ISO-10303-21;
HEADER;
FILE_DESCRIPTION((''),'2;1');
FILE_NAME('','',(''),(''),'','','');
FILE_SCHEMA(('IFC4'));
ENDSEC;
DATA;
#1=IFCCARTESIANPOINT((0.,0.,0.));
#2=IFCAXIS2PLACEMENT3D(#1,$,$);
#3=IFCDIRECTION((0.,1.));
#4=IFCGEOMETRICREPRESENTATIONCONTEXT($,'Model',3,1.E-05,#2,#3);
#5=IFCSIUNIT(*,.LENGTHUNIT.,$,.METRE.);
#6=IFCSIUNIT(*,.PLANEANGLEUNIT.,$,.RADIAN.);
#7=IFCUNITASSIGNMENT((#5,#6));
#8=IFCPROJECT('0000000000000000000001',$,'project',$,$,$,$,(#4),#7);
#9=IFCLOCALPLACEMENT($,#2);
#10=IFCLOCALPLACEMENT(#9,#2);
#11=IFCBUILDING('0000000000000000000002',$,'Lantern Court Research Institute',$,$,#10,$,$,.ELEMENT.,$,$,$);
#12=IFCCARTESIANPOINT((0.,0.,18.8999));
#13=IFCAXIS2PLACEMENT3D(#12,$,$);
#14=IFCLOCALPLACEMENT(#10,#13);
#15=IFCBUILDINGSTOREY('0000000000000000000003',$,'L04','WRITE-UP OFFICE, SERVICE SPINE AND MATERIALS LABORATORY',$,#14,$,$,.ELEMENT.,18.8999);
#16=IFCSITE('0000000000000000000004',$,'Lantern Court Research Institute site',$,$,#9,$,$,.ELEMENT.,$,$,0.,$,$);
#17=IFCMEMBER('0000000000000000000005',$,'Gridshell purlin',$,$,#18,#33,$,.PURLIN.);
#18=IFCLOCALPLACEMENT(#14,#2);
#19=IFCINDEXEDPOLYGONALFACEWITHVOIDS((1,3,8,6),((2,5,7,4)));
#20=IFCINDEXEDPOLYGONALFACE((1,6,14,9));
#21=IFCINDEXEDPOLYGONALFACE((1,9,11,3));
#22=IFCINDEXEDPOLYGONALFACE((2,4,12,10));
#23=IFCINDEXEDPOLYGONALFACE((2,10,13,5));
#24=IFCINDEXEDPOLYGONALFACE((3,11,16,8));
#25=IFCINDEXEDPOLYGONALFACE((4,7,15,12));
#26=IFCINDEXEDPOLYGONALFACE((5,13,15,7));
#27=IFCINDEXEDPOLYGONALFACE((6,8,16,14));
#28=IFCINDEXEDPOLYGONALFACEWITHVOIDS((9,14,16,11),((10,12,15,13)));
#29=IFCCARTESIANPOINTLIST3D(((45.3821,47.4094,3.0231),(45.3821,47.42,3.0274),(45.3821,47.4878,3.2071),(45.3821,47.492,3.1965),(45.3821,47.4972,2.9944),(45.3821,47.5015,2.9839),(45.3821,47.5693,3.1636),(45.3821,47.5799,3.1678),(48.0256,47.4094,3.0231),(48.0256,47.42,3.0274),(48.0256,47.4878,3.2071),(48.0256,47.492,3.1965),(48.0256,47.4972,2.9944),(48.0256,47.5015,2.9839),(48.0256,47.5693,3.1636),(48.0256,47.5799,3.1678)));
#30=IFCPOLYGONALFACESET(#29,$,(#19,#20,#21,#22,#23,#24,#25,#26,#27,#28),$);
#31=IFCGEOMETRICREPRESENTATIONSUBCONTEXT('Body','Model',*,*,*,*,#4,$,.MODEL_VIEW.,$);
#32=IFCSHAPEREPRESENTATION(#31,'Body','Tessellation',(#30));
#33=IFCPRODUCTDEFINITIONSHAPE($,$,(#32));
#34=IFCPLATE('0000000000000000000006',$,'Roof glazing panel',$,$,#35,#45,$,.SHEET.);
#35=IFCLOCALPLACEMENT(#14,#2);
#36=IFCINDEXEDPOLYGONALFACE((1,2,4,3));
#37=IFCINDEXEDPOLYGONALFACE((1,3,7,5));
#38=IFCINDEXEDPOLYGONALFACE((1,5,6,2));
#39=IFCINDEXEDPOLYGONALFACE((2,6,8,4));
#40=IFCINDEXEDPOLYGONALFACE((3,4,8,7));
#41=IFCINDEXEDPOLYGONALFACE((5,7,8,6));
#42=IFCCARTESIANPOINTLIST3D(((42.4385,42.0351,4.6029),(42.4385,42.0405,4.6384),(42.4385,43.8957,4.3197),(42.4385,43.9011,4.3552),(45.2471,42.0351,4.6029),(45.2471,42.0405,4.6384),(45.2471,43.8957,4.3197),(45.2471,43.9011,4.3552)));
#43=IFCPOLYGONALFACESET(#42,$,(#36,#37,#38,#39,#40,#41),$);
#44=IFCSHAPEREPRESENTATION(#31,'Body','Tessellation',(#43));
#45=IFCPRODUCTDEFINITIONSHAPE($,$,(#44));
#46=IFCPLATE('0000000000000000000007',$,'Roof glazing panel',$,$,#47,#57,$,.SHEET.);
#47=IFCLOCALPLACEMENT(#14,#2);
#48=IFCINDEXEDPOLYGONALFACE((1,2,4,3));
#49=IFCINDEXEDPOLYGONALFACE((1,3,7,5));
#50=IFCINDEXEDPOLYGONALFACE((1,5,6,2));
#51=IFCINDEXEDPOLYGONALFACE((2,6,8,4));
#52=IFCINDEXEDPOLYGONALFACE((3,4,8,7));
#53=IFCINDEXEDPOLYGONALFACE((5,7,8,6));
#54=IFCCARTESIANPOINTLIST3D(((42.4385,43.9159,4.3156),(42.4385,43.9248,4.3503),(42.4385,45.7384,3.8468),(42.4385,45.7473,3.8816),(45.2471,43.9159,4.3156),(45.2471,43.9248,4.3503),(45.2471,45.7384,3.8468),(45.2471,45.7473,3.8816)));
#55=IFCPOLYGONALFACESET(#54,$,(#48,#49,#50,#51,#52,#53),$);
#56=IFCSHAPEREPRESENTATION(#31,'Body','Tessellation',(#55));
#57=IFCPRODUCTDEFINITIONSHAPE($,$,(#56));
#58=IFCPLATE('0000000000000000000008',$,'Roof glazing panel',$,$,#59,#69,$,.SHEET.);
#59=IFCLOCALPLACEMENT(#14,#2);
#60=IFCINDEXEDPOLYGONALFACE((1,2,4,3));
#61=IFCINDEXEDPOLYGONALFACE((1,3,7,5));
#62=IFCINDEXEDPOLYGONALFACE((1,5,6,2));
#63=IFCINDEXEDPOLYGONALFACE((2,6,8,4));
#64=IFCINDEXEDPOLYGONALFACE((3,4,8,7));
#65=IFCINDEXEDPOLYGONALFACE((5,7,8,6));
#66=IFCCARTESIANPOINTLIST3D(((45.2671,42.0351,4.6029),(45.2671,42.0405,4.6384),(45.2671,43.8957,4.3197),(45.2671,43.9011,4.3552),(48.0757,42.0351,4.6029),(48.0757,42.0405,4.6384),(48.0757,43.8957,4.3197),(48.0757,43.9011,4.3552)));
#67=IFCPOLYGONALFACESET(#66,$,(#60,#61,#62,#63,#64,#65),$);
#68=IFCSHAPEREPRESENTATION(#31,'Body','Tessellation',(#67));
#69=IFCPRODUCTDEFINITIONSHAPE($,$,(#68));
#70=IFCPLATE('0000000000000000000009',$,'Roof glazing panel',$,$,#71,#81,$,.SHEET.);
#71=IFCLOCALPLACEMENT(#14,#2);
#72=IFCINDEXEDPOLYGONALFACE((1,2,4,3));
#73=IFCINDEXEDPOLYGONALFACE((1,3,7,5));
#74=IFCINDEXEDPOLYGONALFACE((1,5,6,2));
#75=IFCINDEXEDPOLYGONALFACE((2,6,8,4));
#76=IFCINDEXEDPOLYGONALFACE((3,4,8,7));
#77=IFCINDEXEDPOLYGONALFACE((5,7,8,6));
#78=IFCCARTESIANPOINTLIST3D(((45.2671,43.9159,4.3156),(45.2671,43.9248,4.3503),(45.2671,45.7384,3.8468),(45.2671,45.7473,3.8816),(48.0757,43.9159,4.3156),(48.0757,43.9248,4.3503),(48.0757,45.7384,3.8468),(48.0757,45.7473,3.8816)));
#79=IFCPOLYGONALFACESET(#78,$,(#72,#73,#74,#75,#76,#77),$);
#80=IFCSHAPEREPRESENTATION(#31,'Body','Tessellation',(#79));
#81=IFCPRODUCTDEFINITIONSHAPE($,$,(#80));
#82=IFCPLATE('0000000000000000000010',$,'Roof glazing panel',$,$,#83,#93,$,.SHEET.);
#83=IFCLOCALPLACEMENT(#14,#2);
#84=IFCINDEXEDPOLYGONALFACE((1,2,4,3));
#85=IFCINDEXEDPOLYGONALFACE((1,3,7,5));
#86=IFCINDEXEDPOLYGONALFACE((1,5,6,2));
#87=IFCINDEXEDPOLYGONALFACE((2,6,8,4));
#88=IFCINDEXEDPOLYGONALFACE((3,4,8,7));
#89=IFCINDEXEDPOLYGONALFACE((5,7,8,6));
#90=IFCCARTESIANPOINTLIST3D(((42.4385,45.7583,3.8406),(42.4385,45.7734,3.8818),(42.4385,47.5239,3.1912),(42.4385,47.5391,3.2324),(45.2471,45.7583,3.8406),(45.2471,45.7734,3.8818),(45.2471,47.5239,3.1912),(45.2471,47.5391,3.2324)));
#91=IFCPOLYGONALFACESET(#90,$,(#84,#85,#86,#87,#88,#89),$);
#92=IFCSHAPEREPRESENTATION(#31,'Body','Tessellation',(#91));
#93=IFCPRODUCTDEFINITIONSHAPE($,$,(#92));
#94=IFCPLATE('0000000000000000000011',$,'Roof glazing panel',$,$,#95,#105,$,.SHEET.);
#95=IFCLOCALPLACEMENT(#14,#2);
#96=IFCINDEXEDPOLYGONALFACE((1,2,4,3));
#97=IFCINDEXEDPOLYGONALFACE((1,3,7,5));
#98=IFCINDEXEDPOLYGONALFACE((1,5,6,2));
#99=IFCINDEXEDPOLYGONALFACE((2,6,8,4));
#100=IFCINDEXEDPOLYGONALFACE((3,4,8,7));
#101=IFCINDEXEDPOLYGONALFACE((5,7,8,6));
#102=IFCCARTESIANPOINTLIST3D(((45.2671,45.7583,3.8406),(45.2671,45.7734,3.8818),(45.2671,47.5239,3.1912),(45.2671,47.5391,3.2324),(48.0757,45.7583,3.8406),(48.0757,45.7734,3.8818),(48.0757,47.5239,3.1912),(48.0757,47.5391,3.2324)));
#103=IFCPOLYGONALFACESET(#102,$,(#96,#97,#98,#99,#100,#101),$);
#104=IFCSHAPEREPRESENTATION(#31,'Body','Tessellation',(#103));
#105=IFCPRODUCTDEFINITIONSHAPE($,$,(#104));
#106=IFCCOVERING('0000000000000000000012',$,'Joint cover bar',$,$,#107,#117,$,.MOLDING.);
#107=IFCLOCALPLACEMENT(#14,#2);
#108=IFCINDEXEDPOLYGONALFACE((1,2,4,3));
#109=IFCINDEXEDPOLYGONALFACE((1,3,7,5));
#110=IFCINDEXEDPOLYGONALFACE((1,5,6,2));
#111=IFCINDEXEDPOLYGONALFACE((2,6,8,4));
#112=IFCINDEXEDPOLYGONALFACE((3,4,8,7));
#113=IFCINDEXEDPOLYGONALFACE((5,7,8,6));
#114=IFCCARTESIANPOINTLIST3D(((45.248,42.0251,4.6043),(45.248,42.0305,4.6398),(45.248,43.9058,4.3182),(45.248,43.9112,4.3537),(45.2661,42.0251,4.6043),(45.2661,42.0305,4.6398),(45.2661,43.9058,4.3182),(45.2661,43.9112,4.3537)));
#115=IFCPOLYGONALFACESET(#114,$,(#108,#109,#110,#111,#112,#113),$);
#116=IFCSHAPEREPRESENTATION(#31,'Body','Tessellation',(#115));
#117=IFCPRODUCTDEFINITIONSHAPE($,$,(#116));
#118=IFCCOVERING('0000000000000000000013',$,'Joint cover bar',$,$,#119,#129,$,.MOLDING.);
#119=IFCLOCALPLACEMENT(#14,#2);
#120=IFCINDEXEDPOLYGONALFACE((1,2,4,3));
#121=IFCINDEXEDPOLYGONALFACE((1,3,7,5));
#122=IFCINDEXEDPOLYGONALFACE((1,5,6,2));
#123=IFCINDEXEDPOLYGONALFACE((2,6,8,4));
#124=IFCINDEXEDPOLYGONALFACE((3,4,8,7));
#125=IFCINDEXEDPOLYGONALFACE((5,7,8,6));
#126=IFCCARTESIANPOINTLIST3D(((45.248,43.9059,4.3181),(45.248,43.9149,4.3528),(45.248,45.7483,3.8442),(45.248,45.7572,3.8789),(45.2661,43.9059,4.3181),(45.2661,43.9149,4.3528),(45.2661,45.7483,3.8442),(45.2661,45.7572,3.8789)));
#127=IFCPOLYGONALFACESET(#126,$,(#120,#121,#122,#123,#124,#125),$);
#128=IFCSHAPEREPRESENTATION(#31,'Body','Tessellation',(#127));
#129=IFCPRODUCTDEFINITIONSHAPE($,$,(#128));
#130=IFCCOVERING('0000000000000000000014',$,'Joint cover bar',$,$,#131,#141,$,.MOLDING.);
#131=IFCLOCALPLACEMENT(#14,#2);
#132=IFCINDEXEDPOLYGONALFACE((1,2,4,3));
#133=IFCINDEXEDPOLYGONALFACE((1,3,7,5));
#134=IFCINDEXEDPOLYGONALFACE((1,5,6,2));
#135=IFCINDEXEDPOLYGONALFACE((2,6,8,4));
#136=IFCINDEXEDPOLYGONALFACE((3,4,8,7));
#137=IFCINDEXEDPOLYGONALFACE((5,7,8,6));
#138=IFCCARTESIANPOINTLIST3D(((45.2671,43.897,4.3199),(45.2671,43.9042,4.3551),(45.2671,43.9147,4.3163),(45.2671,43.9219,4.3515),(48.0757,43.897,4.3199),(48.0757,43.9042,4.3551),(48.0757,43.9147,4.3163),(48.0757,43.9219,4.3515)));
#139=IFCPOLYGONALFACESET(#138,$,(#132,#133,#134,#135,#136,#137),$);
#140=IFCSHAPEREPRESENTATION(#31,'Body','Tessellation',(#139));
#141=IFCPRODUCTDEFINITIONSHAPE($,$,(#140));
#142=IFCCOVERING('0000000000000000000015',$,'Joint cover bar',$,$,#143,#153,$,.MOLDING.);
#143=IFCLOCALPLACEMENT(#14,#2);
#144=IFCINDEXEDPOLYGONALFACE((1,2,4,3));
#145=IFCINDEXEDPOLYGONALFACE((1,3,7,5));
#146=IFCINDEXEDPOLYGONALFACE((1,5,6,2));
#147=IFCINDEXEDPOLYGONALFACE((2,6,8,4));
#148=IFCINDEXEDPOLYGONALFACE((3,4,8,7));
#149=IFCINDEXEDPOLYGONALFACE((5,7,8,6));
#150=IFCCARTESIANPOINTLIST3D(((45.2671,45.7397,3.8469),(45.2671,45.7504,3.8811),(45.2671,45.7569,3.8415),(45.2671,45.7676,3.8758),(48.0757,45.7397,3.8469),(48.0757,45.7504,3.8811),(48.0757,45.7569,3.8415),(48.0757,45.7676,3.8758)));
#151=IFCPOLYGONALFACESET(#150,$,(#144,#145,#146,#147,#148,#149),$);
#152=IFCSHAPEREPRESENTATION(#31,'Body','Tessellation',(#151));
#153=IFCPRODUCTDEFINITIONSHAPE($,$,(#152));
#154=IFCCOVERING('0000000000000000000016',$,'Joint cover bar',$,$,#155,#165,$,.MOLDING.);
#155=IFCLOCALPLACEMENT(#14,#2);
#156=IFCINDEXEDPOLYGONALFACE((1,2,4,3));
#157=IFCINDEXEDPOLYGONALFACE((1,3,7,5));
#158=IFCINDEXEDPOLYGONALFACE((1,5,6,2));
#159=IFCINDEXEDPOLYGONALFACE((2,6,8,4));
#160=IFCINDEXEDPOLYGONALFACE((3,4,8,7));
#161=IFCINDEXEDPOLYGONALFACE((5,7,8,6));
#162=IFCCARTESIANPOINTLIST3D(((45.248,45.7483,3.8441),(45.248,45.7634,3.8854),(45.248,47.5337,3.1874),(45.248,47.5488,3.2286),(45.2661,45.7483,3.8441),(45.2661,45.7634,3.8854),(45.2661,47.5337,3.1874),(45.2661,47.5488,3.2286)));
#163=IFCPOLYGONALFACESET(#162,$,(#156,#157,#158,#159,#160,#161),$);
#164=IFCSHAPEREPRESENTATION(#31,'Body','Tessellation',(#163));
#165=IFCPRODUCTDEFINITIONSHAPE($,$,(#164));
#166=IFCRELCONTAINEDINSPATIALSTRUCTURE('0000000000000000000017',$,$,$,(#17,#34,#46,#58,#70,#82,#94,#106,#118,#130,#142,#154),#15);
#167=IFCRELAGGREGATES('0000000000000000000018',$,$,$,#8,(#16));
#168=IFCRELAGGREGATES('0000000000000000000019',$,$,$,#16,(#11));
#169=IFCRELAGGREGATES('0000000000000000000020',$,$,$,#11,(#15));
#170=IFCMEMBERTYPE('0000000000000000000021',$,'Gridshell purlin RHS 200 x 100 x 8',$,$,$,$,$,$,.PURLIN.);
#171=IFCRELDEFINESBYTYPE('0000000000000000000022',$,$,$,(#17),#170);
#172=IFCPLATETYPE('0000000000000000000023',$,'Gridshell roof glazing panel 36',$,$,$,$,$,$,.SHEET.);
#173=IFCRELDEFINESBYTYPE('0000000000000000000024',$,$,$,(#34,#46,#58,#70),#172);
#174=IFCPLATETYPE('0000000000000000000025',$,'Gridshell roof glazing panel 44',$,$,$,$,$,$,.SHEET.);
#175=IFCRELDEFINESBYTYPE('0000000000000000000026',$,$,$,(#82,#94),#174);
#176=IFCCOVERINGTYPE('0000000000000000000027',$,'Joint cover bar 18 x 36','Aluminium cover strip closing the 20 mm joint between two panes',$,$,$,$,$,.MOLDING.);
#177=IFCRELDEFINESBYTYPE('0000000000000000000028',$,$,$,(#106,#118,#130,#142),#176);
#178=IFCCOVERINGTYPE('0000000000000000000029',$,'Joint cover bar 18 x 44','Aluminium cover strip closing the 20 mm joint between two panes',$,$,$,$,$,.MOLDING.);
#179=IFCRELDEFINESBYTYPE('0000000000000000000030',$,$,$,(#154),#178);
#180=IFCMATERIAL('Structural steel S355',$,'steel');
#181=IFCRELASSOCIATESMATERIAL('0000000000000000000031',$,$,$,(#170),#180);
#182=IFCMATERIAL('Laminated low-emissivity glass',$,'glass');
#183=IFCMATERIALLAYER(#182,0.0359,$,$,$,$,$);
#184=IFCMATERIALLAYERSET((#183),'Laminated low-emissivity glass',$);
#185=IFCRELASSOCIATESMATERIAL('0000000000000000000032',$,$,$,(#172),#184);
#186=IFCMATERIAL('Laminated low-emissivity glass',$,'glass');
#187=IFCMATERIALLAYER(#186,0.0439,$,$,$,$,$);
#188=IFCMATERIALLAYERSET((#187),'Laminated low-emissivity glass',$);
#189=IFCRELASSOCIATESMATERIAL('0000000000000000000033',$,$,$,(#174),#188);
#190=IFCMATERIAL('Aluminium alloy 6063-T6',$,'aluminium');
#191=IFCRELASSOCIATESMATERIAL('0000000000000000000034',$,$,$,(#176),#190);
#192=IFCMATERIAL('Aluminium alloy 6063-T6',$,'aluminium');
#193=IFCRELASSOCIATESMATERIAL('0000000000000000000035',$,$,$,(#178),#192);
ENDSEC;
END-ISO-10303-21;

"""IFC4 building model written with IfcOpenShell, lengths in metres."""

from ifc_helpers import new_model, si_unit, direction, frame, origin, origin_2d, place, context, subcontext, project, spatial, polyline, rectangle, hollow_rectangle, outline, extrude, material, layer, layer_set, material_profile, profile_set, type_object, element, save


model = new_model("IFC4")

# Units and contexts
model_context = context("Model", 3, precision=1e-05, world=origin(), true_north=direction((0.0, 1.0)))
body_context = subcontext(model_context, "Body", "Model", "MODEL_VIEW")
ifc_project = project(units=[si_unit("LENGTHUNIT", "METRE"), si_unit("PLANEANGLEUNIT", "RADIAN")], contexts=[model_context])

# Site, building, storey
site_placement = place(None, origin())
site = spatial("IfcSite", under=ifc_project, at=site_placement, Name="Lantern Court Research Institute site", CompositionType="ELEMENT", RefElevation=0.0)
building_placement = place(site_placement, origin())
building = spatial("IfcBuilding", under=site, at=building_placement, Name="Lantern Court Research Institute", CompositionType="ELEMENT")
storey_placement = place(building_placement, frame((0.0, 0.0, 18.8999)))
storey = spatial("IfcBuildingStorey", under=building, at=storey_placement, Name="L04", Description="WRITE-UP OFFICE, SERVICE SPINE AND MATERIALS LABORATORY", CompositionType="ELEMENT", Elevation=18.8999)

# Member
ifc_material_1 = material(Name="Structural steel S355", Category="steel")
ifc_material_profile_1 = material_profile(ifc_material_1, hollow_rectangle(XDim=0.1001, YDim=0.2, WallThickness=0.0081, at=origin_2d()), Name="Gridshell purlin RHS 200 x 100 x 8")
ifc_profile_set_1 = profile_set([ifc_material_profile_1], Name="Structural steel S355")
member_type_1 = type_object("IfcMemberType", Name="Gridshell purlin RHS 200 x 100 x 8", PredefinedType="PURLIN", material=ifc_profile_set_1)
for number, where, z_axis, x_axis, name in (
    (1, (45.3821, 47.4946, 3.0955), (1.0, 0.0, 0.0), (0.0, 0.919966, -0.391999), "Gridshell purlin"),
):
    element("IfcMember", number, at=place(storey_placement, frame(where, z_axis=z_axis, x_axis=x_axis)), inside=storey, type_object=member_type_1, Name=name, PredefinedType="PURLIN", context=body_context, shape_type="SweptSolid", body=[
        extrude(hollow_rectangle(XDim=0.1001, YDim=0.2, WallThickness=0.0081, at=origin_2d()), origin(), (0.0, 0.0, 1.0), 2.6436),
    ])

# Plates
ifc_material_2 = material(Name="Laminated low-emissivity glass", Category="glass")
ifc_layer_1 = layer(ifc_material_2, 0.0359)
ifc_layer_set_1 = layer_set([ifc_layer_1], Name="Laminated low-emissivity glass")
plate_type_1 = type_object("IfcPlateType", Name="Gridshell roof glazing panel 36", PredefinedType="SHEET", material=ifc_layer_set_1)
plate_1_placement = place(storey_placement, frame((45.2471, 42.0405, 4.6384), z_axis=(0.0, 0.150478, 0.988613), x_axis=(-1.0, 0.0, 0.0)))
element("IfcPlate", 2, at=plate_1_placement, inside=storey, type_object=plate_type_1, Name="Roof glazing panel", PredefinedType="SHEET", context=body_context, shape_type="SweptSolid", body=[
    extrude(outline(polyline([(0.0, 0.0), (2.8086, 0.0), (2.8086, -1.882), (0.0, -1.882), (0.0, 0.0)])), origin(), (0.0, 0.0, -1.0), 0.0359),
])
plate_2_placement = place(storey_placement, frame((45.2471, 43.9248, 4.3503), z_axis=(0.0, 0.249093, 0.96848), x_axis=(-1.0, 0.0, 0.0)))
element("IfcPlate", 3, at=plate_2_placement, inside=storey, type_object=plate_type_1, Name="Roof glazing panel", PredefinedType="SHEET", context=body_context, shape_type="SweptSolid", body=[
    extrude(outline(polyline([(0.0, 0.0), (2.8086, 0.0), (2.8086, -1.8818), (0.0, -1.8818), (0.0, 0.0)])), origin(), (0.0, 0.0, -1.0), 0.0359),
])
plate_3_placement = place(storey_placement, frame((48.0757, 42.0405, 4.6384), z_axis=(0.0, 0.150478, 0.988613), x_axis=(-1.0, 0.0, 0.0)))
element("IfcPlate", 4, at=plate_3_placement, inside=storey, type_object=plate_type_1, Name="Roof glazing panel", PredefinedType="SHEET", context=body_context, shape_type="SweptSolid", body=[
    extrude(outline(polyline([(0.0, 0.0), (2.8086, 0.0), (2.8086, -1.882), (0.0, -1.882), (0.0, 0.0)])), origin(), (0.0, 0.0, -1.0), 0.0359),
])
plate_4_placement = place(storey_placement, frame((48.0757, 43.9248, 4.3503), z_axis=(0.0, 0.249093, 0.96848), x_axis=(-1.0, 0.0, 0.0)))
element("IfcPlate", 5, at=plate_4_placement, inside=storey, type_object=plate_type_1, Name="Roof glazing panel", PredefinedType="SHEET", context=body_context, shape_type="SweptSolid", body=[
    extrude(outline(polyline([(0.0, 0.0), (2.8086, 0.0), (2.8086, -1.8818), (0.0, -1.8818), (0.0, 0.0)])), origin(), (0.0, 0.0, -1.0), 0.0359),
])
ifc_material_3 = material(Name="Laminated low-emissivity glass", Category="glass")
ifc_layer_2 = layer(ifc_material_3, 0.0439)
ifc_layer_set_2 = layer_set([ifc_layer_2], Name="Laminated low-emissivity glass")
plate_type_2 = type_object("IfcPlateType", Name="Gridshell roof glazing panel 44", PredefinedType="SHEET", material=ifc_layer_set_2)
for number, where, z_axis, x_axis, name in (
    (6, (45.2471, 45.7734, 3.8818), (0.0, 0.3452, 0.938529), (-1.0, 0.0, 0.0), "Roof glazing panel"),
    (7, (48.0757, 45.7734, 3.8818), (0.0, 0.3452, 0.938529), (-1.0, 0.0, 0.0), "Roof glazing panel"),
):
    element("IfcPlate", number, at=place(storey_placement, frame(where, z_axis=z_axis, x_axis=x_axis)), inside=storey, type_object=plate_type_2, Name=name, PredefinedType="SHEET", context=body_context, shape_type="SweptSolid", body=[
        extrude(outline(polyline([(0.0, 0.0), (2.8086, 0.0), (2.8086, -1.8813), (0.0, -1.8813), (0.0, 0.0)])), origin(), (0.0, 0.0, -1.0), 0.0439),
    ])

# Coverings
ifc_material_4 = material(Name="Aluminium alloy 6063-T6", Category="aluminium")
ifc_material_profile_2 = material_profile(ifc_material_4, rectangle(XDim=0.0181, YDim=0.0359, at=origin_2d()), Name="Joint cover bar 18 x 36")
ifc_profile_set_2 = profile_set([ifc_material_profile_2], Name="Aluminium alloy 6063-T6")
covering_type_1 = type_object("IfcCoveringType", Name="Joint cover bar 18 x 36", Description="Aluminium cover strip closing the 20 mm joint between two panes", PredefinedType="MOLDING", material=ifc_profile_set_2)
for number, where, z_axis, x_axis, name in (
    (8, (45.2571, 42.0278, 4.6221), (0.0, 0.988623, -0.150417), (-1.0, 0.0, 0.0), "Joint cover bar"),
    (9, (45.2571, 43.9104, 4.3354), (0.0, 0.968474, -0.249113), (-1.0, 0.0, 0.0), "Joint cover bar"),
):
    element("IfcCovering", number, at=place(storey_placement, frame(where, z_axis=z_axis, x_axis=x_axis)), inside=storey, type_object=covering_type_1, Name=name, PredefinedType="MOLDING", context=body_context, shape_type="SweptSolid", body=[
        extrude(rectangle(XDim=0.0181, YDim=0.0359, at=origin_2d()), origin(), (0.0, 0.0, 1.0), 1.9023),
    ])
for number, where, z_axis, x_axis, name in (
    (10, (45.2671, 43.9094, 4.3357), (1.0, 0.0, 0.0), (0.0, 0.979787, -0.200043), "Joint cover bar"),
    (11, (45.2671, 45.7537, 3.8613), (1.0, 0.0, 0.0), (0.0, 0.954713, -0.297528), "Joint cover bar"),
):
    element("IfcCovering", number, at=place(storey_placement, frame(where, z_axis=z_axis, x_axis=x_axis)), inside=storey, type_object=covering_type_1, Name=name, PredefinedType="MOLDING", context=body_context, shape_type="SweptSolid", body=[
        extrude(rectangle(XDim=0.0181, YDim=0.0359, at=origin_2d()), origin(), (0.0, 0.0, 1.0), 2.8086),
    ])
ifc_material_5 = material(Name="Aluminium alloy 6063-T6", Category="aluminium")
ifc_material_profile_3 = material_profile(ifc_material_5, rectangle(XDim=0.0181, YDim=0.0439, at=origin_2d()), Name="Joint cover bar 18 x 44")
ifc_profile_set_3 = profile_set([ifc_material_profile_3], Name="Aluminium alloy 6063-T6")
covering_type_2 = type_object("IfcCoveringType", Name="Joint cover bar 18 x 44", Description="Aluminium cover strip closing the 20 mm joint between two panes", PredefinedType="MOLDING", material=ifc_profile_set_3)
covering_placement = place(storey_placement, frame((45.2571, 45.7559, 3.8647), z_axis=(0.0, 0.93852, -0.345224), x_axis=(-1.0, 0.0, 0.0)))
element("IfcCovering", 12, at=covering_placement, inside=storey, type_object=covering_type_2, Name="Joint cover bar", PredefinedType="MOLDING", context=body_context, shape_type="SweptSolid", body=[
    extrude(rectangle(XDim=0.0181, YDim=0.0439, at=origin_2d()), origin(), (0.0, 0.0, 1.0), 1.9023),
])

save(model, "model.ifc")
